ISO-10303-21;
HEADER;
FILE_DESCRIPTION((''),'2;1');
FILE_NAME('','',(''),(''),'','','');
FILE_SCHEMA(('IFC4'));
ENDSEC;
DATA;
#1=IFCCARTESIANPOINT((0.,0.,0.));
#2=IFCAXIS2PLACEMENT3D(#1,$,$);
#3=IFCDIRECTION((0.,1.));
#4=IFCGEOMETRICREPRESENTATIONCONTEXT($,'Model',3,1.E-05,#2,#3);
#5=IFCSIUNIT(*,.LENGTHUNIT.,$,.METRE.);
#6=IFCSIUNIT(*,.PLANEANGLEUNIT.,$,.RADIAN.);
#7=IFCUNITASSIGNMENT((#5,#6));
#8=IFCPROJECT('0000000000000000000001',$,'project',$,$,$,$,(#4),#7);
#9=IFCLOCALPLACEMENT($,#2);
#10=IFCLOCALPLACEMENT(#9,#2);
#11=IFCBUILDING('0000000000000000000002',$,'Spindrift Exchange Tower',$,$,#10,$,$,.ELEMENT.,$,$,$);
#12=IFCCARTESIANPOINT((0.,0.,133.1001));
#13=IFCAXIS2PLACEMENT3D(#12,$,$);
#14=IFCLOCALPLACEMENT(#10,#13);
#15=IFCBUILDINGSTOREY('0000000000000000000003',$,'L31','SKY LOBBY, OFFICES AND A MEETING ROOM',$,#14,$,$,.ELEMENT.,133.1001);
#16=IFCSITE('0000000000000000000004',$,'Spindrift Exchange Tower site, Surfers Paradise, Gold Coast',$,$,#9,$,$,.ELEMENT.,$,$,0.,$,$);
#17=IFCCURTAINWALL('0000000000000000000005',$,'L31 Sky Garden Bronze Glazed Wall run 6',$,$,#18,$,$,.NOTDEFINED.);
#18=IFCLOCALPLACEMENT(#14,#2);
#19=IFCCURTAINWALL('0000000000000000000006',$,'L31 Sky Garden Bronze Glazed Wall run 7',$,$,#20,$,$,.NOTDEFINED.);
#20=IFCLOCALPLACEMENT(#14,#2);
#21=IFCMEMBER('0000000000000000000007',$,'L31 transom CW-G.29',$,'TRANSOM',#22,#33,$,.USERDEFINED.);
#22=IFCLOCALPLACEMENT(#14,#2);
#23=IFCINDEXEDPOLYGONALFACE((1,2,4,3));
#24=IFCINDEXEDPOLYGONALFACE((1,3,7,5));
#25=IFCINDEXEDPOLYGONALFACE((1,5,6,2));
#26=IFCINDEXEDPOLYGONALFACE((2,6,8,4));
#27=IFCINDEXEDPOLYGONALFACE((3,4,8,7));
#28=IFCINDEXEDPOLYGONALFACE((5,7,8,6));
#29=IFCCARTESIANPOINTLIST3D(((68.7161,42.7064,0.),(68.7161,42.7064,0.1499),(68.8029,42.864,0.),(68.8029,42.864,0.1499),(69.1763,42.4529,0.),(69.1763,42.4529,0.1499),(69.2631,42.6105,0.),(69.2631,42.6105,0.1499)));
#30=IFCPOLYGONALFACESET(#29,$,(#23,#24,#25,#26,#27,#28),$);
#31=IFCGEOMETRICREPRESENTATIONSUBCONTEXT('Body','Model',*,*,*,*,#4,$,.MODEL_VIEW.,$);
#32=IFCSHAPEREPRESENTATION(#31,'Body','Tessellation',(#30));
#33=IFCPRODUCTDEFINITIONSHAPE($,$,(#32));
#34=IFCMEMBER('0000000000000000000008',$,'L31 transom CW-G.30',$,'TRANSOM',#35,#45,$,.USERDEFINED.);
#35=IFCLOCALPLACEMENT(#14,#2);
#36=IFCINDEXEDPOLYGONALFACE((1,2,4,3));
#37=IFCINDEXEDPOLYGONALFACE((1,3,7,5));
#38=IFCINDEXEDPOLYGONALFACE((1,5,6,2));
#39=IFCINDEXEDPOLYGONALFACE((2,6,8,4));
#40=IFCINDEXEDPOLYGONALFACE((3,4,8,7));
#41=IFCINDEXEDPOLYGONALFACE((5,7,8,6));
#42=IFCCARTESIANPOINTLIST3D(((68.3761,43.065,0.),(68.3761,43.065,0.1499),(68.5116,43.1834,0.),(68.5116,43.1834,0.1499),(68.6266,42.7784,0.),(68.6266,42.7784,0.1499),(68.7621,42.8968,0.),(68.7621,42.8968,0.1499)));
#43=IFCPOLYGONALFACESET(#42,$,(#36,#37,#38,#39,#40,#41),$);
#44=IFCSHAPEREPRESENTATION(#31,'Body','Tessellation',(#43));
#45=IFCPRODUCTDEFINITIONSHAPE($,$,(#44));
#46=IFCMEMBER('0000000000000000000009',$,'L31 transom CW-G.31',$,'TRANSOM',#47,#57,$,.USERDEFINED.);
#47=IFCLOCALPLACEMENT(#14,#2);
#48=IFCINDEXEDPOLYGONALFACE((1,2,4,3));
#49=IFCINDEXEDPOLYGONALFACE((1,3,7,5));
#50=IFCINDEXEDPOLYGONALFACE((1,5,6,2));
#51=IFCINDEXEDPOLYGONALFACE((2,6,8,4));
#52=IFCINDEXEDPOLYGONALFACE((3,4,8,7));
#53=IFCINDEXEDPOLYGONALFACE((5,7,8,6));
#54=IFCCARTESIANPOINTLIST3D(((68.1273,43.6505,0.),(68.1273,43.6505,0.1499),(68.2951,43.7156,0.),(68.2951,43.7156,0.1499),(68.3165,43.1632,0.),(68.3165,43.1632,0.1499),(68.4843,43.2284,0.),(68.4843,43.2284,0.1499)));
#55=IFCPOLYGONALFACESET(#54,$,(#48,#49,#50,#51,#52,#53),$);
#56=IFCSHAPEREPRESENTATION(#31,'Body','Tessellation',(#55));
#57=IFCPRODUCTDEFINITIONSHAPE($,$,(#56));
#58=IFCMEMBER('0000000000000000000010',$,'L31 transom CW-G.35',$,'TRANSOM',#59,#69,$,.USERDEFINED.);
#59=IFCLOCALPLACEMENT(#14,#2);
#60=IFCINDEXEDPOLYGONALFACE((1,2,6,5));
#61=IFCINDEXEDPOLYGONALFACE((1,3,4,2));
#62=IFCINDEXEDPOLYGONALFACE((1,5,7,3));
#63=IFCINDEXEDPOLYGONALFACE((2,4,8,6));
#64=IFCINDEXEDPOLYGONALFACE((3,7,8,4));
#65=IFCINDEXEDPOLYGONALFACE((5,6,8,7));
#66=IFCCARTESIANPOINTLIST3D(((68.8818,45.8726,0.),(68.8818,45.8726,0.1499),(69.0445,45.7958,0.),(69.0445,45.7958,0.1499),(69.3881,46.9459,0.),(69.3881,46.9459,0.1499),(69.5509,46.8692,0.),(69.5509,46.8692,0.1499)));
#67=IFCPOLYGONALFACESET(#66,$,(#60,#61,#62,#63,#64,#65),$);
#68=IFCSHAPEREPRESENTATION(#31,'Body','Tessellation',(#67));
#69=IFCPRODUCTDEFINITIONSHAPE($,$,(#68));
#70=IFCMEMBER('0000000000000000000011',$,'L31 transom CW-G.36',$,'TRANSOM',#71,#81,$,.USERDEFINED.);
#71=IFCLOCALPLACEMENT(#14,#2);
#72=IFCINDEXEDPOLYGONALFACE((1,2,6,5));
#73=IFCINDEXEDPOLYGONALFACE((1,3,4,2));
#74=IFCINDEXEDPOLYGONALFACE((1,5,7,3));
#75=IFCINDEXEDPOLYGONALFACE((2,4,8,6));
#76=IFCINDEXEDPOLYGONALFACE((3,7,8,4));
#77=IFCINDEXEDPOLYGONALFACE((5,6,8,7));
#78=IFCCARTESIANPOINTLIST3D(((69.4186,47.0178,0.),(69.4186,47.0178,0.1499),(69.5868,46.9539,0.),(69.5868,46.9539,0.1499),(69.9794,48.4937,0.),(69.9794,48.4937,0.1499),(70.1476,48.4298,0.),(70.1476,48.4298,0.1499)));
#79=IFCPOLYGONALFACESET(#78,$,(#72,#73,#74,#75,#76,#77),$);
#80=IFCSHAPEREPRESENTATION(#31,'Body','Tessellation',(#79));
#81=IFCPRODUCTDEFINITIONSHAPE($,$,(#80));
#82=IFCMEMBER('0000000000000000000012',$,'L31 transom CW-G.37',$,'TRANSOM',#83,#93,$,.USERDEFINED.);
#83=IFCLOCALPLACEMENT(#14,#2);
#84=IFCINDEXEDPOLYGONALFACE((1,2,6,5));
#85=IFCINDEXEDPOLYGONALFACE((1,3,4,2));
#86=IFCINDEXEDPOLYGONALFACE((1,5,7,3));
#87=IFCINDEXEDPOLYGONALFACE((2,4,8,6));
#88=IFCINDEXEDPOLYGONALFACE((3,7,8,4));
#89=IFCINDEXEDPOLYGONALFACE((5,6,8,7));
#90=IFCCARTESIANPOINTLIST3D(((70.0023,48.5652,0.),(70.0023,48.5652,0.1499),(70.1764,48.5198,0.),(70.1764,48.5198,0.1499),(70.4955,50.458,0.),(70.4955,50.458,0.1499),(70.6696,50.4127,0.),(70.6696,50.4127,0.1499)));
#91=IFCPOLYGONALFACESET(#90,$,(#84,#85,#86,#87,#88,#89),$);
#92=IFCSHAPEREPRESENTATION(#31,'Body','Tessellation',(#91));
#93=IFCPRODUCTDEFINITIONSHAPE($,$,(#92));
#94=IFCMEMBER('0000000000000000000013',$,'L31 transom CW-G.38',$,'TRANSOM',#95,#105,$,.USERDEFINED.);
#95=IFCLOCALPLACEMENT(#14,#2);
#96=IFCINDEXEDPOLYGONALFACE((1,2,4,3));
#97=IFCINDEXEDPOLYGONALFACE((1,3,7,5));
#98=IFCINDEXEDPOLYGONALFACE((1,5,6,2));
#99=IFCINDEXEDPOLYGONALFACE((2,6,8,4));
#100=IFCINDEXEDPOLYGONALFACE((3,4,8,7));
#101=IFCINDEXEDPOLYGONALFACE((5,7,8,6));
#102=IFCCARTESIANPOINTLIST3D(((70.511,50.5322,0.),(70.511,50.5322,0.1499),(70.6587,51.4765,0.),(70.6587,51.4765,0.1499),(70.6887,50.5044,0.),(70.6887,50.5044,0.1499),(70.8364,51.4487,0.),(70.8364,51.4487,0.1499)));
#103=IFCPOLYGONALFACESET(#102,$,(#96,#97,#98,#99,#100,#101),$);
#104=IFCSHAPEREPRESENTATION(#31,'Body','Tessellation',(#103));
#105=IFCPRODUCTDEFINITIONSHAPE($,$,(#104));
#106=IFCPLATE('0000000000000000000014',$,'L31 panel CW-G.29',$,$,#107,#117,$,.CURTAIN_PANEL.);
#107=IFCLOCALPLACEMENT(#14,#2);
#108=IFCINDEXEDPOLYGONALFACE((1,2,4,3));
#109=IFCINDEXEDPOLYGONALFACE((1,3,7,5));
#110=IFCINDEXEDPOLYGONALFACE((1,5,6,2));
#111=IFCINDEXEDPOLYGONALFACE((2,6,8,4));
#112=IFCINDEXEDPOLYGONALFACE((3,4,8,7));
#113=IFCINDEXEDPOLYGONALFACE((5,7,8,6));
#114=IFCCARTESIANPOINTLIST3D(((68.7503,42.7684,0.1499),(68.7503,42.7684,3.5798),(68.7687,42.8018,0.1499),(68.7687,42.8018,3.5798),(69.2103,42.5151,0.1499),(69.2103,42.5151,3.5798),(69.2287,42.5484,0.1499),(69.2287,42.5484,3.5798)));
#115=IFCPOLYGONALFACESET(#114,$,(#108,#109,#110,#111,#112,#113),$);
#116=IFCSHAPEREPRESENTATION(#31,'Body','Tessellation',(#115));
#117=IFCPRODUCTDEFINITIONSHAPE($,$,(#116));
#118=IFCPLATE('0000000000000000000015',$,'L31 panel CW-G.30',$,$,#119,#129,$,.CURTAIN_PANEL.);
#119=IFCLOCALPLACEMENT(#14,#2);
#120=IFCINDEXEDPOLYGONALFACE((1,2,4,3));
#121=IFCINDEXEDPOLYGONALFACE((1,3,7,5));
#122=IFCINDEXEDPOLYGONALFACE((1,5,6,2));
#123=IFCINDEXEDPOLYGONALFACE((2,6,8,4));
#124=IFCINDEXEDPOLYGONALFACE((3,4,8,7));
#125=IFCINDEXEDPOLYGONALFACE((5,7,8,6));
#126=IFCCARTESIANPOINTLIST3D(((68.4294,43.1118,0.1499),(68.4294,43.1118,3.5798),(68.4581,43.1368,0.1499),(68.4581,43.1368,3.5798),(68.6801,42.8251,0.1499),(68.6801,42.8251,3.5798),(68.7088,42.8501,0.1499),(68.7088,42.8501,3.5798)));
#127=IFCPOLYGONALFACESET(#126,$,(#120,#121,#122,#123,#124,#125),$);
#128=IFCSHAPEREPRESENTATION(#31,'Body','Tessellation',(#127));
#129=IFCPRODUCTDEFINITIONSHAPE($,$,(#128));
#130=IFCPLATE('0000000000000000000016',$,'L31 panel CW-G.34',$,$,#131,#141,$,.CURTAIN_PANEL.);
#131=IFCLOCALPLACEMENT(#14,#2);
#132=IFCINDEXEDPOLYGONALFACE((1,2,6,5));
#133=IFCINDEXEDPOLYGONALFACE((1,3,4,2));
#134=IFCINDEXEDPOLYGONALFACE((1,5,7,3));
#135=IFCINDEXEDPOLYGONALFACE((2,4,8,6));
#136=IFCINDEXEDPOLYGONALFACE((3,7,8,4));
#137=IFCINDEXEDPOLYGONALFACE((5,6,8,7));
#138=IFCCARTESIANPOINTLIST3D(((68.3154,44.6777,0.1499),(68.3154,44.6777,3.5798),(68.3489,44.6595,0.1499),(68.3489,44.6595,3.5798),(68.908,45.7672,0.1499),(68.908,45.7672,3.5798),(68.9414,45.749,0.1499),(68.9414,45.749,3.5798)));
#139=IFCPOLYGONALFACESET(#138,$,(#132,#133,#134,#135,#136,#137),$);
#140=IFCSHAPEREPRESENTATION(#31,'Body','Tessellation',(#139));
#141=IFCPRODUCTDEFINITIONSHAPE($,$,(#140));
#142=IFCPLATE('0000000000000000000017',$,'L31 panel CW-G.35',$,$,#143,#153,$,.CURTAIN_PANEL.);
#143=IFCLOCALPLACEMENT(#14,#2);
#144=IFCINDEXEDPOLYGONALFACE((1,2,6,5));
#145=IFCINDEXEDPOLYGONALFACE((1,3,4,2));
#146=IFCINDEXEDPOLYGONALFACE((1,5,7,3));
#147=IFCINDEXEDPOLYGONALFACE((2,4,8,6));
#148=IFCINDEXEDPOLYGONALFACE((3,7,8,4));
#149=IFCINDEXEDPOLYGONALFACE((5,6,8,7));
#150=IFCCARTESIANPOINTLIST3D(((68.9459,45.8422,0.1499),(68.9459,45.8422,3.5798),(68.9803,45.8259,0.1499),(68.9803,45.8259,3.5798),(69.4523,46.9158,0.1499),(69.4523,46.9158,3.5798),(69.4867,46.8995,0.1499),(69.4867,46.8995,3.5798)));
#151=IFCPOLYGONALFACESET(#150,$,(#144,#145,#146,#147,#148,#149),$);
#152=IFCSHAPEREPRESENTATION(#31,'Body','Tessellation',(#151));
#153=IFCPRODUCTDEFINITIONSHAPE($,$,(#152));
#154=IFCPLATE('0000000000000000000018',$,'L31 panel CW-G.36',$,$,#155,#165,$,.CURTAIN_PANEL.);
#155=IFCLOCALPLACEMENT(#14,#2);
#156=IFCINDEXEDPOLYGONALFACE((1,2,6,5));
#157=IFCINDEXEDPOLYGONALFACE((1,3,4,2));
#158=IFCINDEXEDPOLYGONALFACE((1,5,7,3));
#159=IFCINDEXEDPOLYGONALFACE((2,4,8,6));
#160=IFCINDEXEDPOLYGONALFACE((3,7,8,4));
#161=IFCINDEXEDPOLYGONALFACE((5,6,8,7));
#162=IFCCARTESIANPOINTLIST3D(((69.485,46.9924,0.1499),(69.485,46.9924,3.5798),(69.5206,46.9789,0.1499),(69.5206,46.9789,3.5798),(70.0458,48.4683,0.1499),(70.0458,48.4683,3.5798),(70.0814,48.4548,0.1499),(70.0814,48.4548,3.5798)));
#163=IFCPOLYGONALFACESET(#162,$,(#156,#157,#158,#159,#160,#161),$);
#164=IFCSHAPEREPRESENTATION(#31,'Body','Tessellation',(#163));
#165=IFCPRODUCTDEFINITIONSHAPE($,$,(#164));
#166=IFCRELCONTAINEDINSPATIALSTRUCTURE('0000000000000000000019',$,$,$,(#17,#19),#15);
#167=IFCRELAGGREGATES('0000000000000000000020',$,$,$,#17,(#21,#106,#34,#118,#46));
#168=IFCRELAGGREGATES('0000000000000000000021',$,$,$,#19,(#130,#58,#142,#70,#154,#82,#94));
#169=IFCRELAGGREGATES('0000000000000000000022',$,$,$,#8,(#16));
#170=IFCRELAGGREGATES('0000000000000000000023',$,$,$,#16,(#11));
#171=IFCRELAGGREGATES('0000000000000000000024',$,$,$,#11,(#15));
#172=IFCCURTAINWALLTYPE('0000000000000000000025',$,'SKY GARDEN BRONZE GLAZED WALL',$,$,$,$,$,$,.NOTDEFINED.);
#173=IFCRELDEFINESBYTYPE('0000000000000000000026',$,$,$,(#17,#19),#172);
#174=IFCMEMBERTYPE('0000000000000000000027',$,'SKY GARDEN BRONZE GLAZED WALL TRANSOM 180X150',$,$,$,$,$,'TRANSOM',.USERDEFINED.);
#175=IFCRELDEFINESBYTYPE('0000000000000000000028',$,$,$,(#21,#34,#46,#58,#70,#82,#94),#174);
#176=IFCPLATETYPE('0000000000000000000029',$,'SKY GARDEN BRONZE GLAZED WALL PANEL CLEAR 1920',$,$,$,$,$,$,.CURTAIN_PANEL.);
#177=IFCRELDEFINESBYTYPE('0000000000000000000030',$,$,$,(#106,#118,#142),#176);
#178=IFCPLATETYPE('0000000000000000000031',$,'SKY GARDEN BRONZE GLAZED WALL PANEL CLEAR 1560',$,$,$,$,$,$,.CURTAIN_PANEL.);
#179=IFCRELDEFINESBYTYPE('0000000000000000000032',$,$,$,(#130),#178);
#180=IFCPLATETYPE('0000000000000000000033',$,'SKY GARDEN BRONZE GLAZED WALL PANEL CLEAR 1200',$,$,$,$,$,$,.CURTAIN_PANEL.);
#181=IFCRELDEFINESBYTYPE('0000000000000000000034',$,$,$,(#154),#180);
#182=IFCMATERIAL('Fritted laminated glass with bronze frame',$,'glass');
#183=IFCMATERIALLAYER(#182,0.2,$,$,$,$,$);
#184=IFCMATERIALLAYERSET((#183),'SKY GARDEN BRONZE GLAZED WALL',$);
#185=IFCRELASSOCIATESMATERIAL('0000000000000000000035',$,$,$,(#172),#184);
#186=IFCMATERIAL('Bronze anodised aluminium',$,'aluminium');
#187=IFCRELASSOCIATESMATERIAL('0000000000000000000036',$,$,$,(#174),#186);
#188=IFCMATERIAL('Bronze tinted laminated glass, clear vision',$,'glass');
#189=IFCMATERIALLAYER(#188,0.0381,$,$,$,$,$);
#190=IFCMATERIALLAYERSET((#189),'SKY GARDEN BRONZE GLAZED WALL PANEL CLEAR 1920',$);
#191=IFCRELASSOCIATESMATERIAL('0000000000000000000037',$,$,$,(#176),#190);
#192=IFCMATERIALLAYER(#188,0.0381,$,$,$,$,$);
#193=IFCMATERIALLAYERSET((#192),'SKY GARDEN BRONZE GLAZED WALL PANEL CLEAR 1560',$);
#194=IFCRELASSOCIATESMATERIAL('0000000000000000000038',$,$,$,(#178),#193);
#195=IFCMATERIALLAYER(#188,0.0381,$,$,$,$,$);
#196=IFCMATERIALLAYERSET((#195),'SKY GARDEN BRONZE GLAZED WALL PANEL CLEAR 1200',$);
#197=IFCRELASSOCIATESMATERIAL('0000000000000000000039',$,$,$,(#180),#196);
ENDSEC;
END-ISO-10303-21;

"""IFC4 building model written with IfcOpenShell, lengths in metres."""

from ifc_helpers import new_model, si_unit, direction, frame, origin, origin_2d, place, context, subcontext, project, spatial, rectangle, extrude, source, transform, mapped, material, layer, layer_set, material_profile, profile_set, type_object, element, aggregate, save


model = new_model("IFC4")

# Units and contexts
model_context = context("Model", 3, precision=1e-05, world=origin(), true_north=direction((0.0, 1.0)))
body_context = subcontext(model_context, "Body", "Model", "MODEL_VIEW")
ifc_project = project(units=[si_unit("LENGTHUNIT", "METRE"), si_unit("PLANEANGLEUNIT", "RADIAN")], contexts=[model_context])

# Site, building, storey
site_placement = place(None, origin())
site = spatial("IfcSite", under=ifc_project, at=site_placement, Name="Spindrift Exchange Tower site, Surfers Paradise, Gold Coast", CompositionType="ELEMENT", RefElevation=0.0)
building_placement = place(site_placement, origin())
building = spatial("IfcBuilding", under=site, at=building_placement, Name="Spindrift Exchange Tower", CompositionType="ELEMENT")
storey_placement = place(building_placement, frame((0.0, 0.0, 133.1001)))
storey = spatial("IfcBuildingStorey", under=building, at=storey_placement, Name="L31", Description="SKY LOBBY, OFFICES AND A MEETING ROOM", CompositionType="ELEMENT", Elevation=133.1001)

# Curtain walls
ifc_material_1 = material(Name="Fritted laminated glass with bronze frame", Category="glass")
ifc_layer_1 = layer(ifc_material_1, 0.2)
ifc_layer_set_1 = layer_set([ifc_layer_1], Name="SKY GARDEN BRONZE GLAZED WALL")
curtain_wall_type = type_object("IfcCurtainWallType", Name="SKY GARDEN BRONZE GLAZED WALL", PredefinedType="NOTDEFINED", material=ifc_layer_set_1)
curtain_wall_1_placement = place(storey_placement, origin())
curtain_wall_1 = element("IfcCurtainWall", 1, at=curtain_wall_1_placement, inside=storey, type_object=curtain_wall_type, Name="L31 Sky Garden Bronze Glazed Wall run 6", PredefinedType="NOTDEFINED")
ifc_material_2 = material(Name="Bronze anodised aluminium", Category="aluminium")
curtain_wall_2_placement = place(storey_placement, origin())
curtain_wall_2 = element("IfcCurtainWall", 2, at=curtain_wall_2_placement, inside=storey, type_object=curtain_wall_type, Name="L31 Sky Garden Bronze Glazed Wall run 7", PredefinedType="NOTDEFINED")

# Members
ifc_material_profile_1 = material_profile(ifc_material_2, rectangle(XDim=0.1799, YDim=0.1499, at=origin_2d()), Name="SKY GARDEN BRONZE GLAZED WALL TRANSOM 180X150")
ifc_profile_set_1 = profile_set([ifc_material_profile_1], Name="Bronze anodised aluminium")
member_type_1 = type_object("IfcMemberType", Name="SKY GARDEN BRONZE GLAZED WALL TRANSOM 180X150", ElementType="TRANSOM", PredefinedType="USERDEFINED", material=ifc_profile_set_1)
shared_shape_1 = source(origin(), body_context, "Body", "SweptSolid", [
    extrude(rectangle(XDim=0.1799, YDim=0.1499, at=origin_2d()), origin(), (0.0, 0.0, 1.0), 0.5254),
])
member_1_placement = place(storey_placement, frame((69.2197, 42.5317, 0.075), z_axis=(-0.875971, 0.482365, 0.0), x_axis=(-0.482365, -0.875971, 0.0)))
member_1 = element("IfcMember", 3, at=member_1_placement, type_object=member_type_1, Name="L31 transom CW-G.29", ObjectType="TRANSOM", PredefinedType="USERDEFINED", context=body_context, shape_type="MappedRepresentation", body=[
    mapped(shared_shape_1, transform((0.0, 0.0, 0.0), scale=1.0)),
])
shared_shape_2 = source(origin(), body_context, "Body", "SweptSolid", [
    extrude(rectangle(XDim=0.1799, YDim=0.1499, at=origin_2d()), origin(), (0.0, 0.0, 1.0), 0.3806),
])
member_2_placement = place(storey_placement, frame((68.6943, 42.8376, 0.075), z_axis=(-0.65805, 0.752974, 0.0), x_axis=(-0.752974, -0.65805, 0.0)))
member_2 = element("IfcMember", 4, at=member_2_placement, type_object=member_type_1, Name="L31 transom CW-G.30", ObjectType="TRANSOM", PredefinedType="USERDEFINED", context=body_context, shape_type="MappedRepresentation", body=[
    mapped(shared_shape_2, transform((0.0, 0.0, 0.0), scale=1.0)),
])
shared_shape_3 = source(origin(), body_context, "Body", "SweptSolid", [
    extrude(rectangle(XDim=0.1799, YDim=0.1499, at=origin_2d()), origin(), (0.0, 0.0, 1.0), 0.5227),
])
member_3_placement = place(storey_placement, frame((68.4004, 43.1958, 0.075), z_axis=(-0.36195, 0.932197, 0.0), x_axis=(-0.932197, -0.36195, 0.0)))
member_3 = element("IfcMember", 5, at=member_3_placement, type_object=member_type_1, Name="L31 transom CW-G.31", ObjectType="TRANSOM", PredefinedType="USERDEFINED", context=body_context, shape_type="MappedRepresentation", body=[
    mapped(shared_shape_3, transform((0.0, 0.0, 0.0), scale=1.0)),
])
shared_shape_4 = source(origin(), body_context, "Body", "SweptSolid", [
    extrude(rectangle(XDim=0.1799, YDim=0.1499, at=origin_2d()), origin(), (0.0, 0.0, 1.0), 1.1868),
])
member_4_placement = place(storey_placement, frame((68.9631, 45.8342, 0.075), z_axis=(0.426689, 0.904399, 0.0), x_axis=(-0.904399, 0.426689, 0.0)))
member_4 = element("IfcMember", 6, at=member_4_placement, type_object=member_type_1, Name="L31 transom CW-G.35", ObjectType="TRANSOM", PredefinedType="USERDEFINED", context=body_context, shape_type="MappedRepresentation", body=[
    mapped(shared_shape_4, transform((0.0, 0.0, 0.0), scale=1.0)),
])
shared_shape_5 = source(origin(), body_context, "Body", "SweptSolid", [
    extrude(rectangle(XDim=0.1799, YDim=0.1499, at=origin_2d()), origin(), (0.0, 0.0, 1.0), 1.5789),
])
member_5_placement = place(storey_placement, frame((69.5027, 46.9858, 0.075), z_axis=(0.355204, 0.934789, 0.0), x_axis=(-0.934789, 0.355204, 0.0)))
member_5 = element("IfcMember", 7, at=member_5_placement, type_object=member_type_1, Name="L31 transom CW-G.36", ObjectType="TRANSOM", PredefinedType="USERDEFINED", context=body_context, shape_type="MappedRepresentation", body=[
    mapped(shared_shape_5, transform((0.0, 0.0, 0.0), scale=1.0)),
])
shared_shape_6 = source(origin(), body_context, "Body", "SweptSolid", [
    extrude(rectangle(XDim=0.1799, YDim=0.1499, at=origin_2d()), origin(), (0.0, 0.0, 1.0), 1.9561),
])
member_6_placement = place(storey_placement, frame((70.0894, 48.5425, 0.075), z_axis=(0.252127, 0.967694, 0.0), x_axis=(-0.967694, 0.252127, 0.0)))
member_6 = element("IfcMember", 8, at=member_6_placement, type_object=member_type_1, Name="L31 transom CW-G.37", ObjectType="TRANSOM", PredefinedType="USERDEFINED", context=body_context, shape_type="MappedRepresentation", body=[
    mapped(shared_shape_6, transform((0.0, 0.0, 0.0), scale=1.0)),
])
shared_shape_7 = source(origin(), body_context, "Body", "SweptSolid", [
    extrude(rectangle(XDim=0.1799, YDim=0.1499, at=origin_2d()), origin(), (0.0, 0.0, 1.0), 0.9558),
])
member_7_placement = place(storey_placement, frame((70.5999, 50.5183, 0.075), z_axis=(0.154533, 0.987988, 0.0), x_axis=(-0.987988, 0.154533, 0.0)))
member_7 = element("IfcMember", 9, at=member_7_placement, type_object=member_type_1, Name="L31 transom CW-G.38", ObjectType="TRANSOM", PredefinedType="USERDEFINED", context=body_context, shape_type="MappedRepresentation", body=[
    mapped(shared_shape_7, transform((0.0, 0.0, 0.0), scale=1.0)),
])

# Plates
ifc_material_3 = material(Name="Bronze tinted laminated glass, clear vision", Category="glass")
ifc_layer_2 = layer(ifc_material_3, 0.0381)
ifc_layer_set_2 = layer_set([ifc_layer_2], Name="SKY GARDEN BRONZE GLAZED WALL PANEL CLEAR 1920")
plate_type_1 = type_object("IfcPlateType", Name="SKY GARDEN BRONZE GLAZED WALL PANEL CLEAR 1920", PredefinedType="CURTAIN_PANEL", material=ifc_layer_set_2)
shared_shape_8 = source(origin(), body_context, "Body", "SweptSolid", [
    extrude(rectangle(XDim=0.5251, YDim=0.0381, at=origin_2d()), origin(), (0.0, 0.0, 1.0), 3.4299),
])
plate_1_placement = place(storey_placement, frame((68.9895, 42.6584, 0.1499), z_axis=(0.0, 0.0, 1.0), x_axis=(-0.875921, 0.482454, 0.0)))
plate_1 = element("IfcPlate", 10, at=plate_1_placement, type_object=plate_type_1, Name="L31 panel CW-G.29", PredefinedType="CURTAIN_PANEL", context=body_context, shape_type="MappedRepresentation", body=[
    mapped(shared_shape_8, transform((0.0, 0.0, 0.0), scale=1.0)),
])
shared_shape_9 = source(origin(), body_context, "Body", "SweptSolid", [
    extrude(rectangle(XDim=0.3809, YDim=0.0381, at=origin_2d()), origin(), (0.0, 0.0, 1.0), 3.4299),
])
plate_2_placement = place(storey_placement, frame((68.5691, 42.981, 0.1499), z_axis=(0.0, 0.0, 1.0), x_axis=(-0.658291, 0.752763, 0.0)))
plate_2 = element("IfcPlate", 11, at=plate_2_placement, type_object=plate_type_1, Name="L31 panel CW-G.30", PredefinedType="CURTAIN_PANEL", context=body_context, shape_type="MappedRepresentation", body=[
    mapped(shared_shape_9, transform((0.0, 0.0, 0.0), scale=1.0)),
])
aggregate(curtain_wall_1, [member_1, plate_1, member_2, plate_2, member_3])
ifc_layer_3 = layer(ifc_material_3, 0.0381)
ifc_layer_set_3 = layer_set([ifc_layer_3], Name="SKY GARDEN BRONZE GLAZED WALL PANEL CLEAR 1560")
plate_type_2 = type_object("IfcPlateType", Name="SKY GARDEN BRONZE GLAZED WALL PANEL CLEAR 1560", PredefinedType="CURTAIN_PANEL", material=ifc_layer_set_3)
shared_shape_10 = source(origin(), body_context, "Body", "SweptSolid", [
    extrude(rectangle(XDim=1.2402, YDim=0.0381, at=origin_2d()), origin(), (0.0, 0.0, 1.0), 3.4299),
])
plate_3_placement = place(storey_placement, frame((68.6284, 45.2134, 0.1499), z_axis=(0.0, 0.0, 1.0), x_axis=(0.477763, 0.878489, 0.0)))
plate_3 = element("IfcPlate", 12, at=plate_3_placement, type_object=plate_type_2, Name="L31 panel CW-G.34", PredefinedType="CURTAIN_PANEL", context=body_context, shape_type="MappedRepresentation", body=[
    mapped(shared_shape_10, transform((0.0, 0.0, 0.0), scale=1.0)),
])
shared_shape_11 = source(origin(), body_context, "Body", "SweptSolid", [
    extrude(rectangle(XDim=1.187, YDim=0.0381, at=origin_2d()), origin(), (0.0, 0.0, 1.0), 3.4299),
])
plate_4_placement = place(storey_placement, frame((69.2163, 46.3708, 0.1499), z_axis=(0.0, 0.0, 1.0), x_axis=(0.426622, 0.90443, 0.0)))
plate_4 = element("IfcPlate", 13, at=plate_4_placement, type_object=plate_type_1, Name="L31 panel CW-G.35", PredefinedType="CURTAIN_PANEL", context=body_context, shape_type="MappedRepresentation", body=[
    mapped(shared_shape_11, transform((0.0, 0.0, 0.0), scale=1.0)),
])
ifc_layer_4 = layer(ifc_material_3, 0.0381)
ifc_layer_set_4 = layer_set([ifc_layer_4], Name="SKY GARDEN BRONZE GLAZED WALL PANEL CLEAR 1200")
plate_type_3 = type_object("IfcPlateType", Name="SKY GARDEN BRONZE GLAZED WALL PANEL CLEAR 1200", PredefinedType="CURTAIN_PANEL", material=ifc_layer_set_4)
shared_shape_12 = source(origin(), body_context, "Body", "SweptSolid", [
    extrude(rectangle(XDim=1.5789, YDim=0.0381, at=origin_2d()), origin(), (0.0, 0.0, 1.0), 3.4299),
])
plate_5_placement = place(storey_placement, frame((69.7832, 47.7236, 0.1499), z_axis=(0.0, 0.0, 1.0), x_axis=(0.35519, 0.934794, 0.0)))
plate_5 = element("IfcPlate", 14, at=plate_5_placement, type_object=plate_type_3, Name="L31 panel CW-G.36", PredefinedType="CURTAIN_PANEL", context=body_context, shape_type="MappedRepresentation", body=[
    mapped(shared_shape_12, transform((0.0, 0.0, 0.0), scale=1.0)),
])
aggregate(curtain_wall_2, [plate_3, member_4, plate_4, member_5, plate_5, member_6, member_7])

save(model, "model.ifc")
